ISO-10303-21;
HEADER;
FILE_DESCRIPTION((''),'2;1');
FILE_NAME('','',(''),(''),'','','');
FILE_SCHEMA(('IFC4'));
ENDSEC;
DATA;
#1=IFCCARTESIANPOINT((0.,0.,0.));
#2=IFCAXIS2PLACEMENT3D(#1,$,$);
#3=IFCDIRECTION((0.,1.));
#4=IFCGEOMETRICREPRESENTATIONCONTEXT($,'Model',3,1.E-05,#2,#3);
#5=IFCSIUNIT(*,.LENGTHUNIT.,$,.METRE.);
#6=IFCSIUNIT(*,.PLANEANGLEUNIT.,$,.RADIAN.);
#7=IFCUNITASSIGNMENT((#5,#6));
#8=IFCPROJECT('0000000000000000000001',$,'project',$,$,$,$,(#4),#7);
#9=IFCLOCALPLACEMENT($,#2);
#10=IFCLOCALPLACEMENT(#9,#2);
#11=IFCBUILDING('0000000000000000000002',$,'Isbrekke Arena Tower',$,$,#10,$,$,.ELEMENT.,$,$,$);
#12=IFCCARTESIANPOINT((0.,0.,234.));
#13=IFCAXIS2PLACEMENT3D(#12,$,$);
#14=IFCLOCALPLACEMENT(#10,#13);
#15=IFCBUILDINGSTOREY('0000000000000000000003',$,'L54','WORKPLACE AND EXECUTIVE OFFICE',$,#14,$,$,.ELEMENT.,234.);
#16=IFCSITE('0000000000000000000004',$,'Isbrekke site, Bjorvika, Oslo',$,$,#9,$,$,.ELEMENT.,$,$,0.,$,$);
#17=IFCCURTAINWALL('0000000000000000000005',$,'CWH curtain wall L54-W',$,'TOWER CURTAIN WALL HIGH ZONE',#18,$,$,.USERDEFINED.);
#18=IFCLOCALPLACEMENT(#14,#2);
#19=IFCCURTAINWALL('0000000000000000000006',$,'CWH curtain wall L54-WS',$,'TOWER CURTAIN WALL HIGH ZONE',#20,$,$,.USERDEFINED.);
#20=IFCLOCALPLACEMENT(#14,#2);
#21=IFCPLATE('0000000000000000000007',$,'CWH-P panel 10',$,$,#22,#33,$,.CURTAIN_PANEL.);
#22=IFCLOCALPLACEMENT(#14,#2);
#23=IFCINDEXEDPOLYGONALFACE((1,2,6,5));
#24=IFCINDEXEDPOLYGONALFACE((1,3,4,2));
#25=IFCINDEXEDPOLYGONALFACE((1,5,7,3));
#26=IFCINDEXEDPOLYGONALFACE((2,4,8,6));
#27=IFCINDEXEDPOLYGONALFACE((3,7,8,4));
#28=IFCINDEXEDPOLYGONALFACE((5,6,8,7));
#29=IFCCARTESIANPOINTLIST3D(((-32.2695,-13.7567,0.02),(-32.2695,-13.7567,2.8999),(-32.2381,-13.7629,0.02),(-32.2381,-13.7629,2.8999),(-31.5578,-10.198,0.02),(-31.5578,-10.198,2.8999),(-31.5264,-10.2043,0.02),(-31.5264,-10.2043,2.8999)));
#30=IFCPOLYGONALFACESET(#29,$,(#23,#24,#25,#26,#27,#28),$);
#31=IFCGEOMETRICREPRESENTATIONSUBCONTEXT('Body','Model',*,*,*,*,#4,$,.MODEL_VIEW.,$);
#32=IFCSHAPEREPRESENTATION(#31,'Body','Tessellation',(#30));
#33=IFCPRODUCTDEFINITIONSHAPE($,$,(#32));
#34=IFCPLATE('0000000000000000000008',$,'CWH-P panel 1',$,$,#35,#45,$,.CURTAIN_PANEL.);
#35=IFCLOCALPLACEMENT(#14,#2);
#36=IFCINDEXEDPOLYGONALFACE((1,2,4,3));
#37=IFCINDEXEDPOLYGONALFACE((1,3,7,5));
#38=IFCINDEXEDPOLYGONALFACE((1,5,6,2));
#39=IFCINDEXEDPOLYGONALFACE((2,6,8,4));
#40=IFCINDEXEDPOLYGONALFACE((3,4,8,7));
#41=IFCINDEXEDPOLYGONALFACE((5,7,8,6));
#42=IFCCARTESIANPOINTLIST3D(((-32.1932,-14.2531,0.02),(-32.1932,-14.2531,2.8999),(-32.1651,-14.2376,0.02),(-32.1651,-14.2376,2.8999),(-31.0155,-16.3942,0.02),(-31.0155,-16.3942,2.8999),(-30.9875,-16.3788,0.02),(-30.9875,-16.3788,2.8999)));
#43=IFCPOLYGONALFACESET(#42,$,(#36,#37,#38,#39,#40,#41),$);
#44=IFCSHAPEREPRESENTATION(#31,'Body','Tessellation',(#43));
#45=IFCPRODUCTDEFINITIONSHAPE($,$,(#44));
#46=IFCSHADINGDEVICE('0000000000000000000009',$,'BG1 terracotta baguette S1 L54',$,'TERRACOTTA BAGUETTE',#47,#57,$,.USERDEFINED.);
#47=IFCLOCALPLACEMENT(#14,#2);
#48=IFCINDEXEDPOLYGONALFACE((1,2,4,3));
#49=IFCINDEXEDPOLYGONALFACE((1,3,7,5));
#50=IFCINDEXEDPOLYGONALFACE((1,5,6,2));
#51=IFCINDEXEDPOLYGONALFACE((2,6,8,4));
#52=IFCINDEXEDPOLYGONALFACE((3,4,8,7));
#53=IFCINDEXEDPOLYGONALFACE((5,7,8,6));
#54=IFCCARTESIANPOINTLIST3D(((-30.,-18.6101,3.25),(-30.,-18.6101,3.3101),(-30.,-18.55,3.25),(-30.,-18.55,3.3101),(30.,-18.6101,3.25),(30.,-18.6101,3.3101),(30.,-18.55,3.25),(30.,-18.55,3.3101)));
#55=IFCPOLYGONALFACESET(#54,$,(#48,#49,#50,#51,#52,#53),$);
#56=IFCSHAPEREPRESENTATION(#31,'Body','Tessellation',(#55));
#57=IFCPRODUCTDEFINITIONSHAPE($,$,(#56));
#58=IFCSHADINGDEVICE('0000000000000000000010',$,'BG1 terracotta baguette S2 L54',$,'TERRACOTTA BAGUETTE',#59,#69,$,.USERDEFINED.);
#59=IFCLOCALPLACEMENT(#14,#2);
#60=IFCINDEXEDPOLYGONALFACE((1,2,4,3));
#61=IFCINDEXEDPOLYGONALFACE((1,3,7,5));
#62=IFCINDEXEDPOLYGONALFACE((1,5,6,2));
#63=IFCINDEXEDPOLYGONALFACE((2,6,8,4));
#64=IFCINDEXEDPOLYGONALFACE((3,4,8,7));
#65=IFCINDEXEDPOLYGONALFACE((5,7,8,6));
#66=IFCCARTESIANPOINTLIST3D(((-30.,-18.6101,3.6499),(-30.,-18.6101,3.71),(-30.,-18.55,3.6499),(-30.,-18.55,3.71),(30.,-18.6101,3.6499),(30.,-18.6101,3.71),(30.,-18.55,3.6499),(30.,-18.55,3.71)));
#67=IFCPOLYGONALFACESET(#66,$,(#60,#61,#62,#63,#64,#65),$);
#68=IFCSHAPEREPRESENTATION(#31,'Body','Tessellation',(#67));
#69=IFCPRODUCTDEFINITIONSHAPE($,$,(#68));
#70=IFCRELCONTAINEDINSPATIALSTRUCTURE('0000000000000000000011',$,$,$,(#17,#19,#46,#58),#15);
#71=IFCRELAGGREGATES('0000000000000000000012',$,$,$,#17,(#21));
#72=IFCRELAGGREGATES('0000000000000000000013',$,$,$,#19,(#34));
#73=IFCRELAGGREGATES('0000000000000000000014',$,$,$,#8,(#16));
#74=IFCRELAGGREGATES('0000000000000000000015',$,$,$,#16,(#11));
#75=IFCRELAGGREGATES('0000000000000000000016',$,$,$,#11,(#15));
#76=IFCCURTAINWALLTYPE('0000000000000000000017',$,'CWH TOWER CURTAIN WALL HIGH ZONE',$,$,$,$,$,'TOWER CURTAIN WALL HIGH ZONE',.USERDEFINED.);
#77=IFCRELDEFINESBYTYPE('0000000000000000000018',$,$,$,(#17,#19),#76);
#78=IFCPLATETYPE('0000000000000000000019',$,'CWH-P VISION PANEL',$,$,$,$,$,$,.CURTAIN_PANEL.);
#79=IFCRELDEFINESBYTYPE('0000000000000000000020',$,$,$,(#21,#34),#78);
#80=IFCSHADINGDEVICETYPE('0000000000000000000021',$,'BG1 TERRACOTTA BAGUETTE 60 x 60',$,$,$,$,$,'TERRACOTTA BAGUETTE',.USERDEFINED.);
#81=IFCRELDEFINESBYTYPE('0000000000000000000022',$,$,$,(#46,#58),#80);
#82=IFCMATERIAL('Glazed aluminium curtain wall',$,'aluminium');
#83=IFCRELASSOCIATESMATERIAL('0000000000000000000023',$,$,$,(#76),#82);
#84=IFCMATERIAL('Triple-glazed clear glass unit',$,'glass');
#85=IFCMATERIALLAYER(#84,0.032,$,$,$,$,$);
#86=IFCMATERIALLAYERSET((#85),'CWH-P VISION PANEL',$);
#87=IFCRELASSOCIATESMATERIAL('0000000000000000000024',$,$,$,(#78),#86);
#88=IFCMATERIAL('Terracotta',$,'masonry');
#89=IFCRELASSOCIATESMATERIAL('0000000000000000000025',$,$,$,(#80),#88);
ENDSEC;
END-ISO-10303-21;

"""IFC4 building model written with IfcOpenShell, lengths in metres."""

from ifc_helpers import new_model, si_unit, direction, frame, origin, origin_2d, place, context, subcontext, project, spatial, rectangle, extrude, material, layer, layer_set, material_profile, profile_set, type_object, element, aggregate, save


model = new_model("IFC4")

# Units and contexts
model_context = context("Model", 3, precision=1e-05, world=origin(), true_north=direction((0.0, 1.0)))
body_context = subcontext(model_context, "Body", "Model", "MODEL_VIEW")
ifc_project = project(units=[si_unit("LENGTHUNIT", "METRE"), si_unit("PLANEANGLEUNIT", "RADIAN")], contexts=[model_context])

# Site, building, storey
site_placement = place(None, origin())
site = spatial("IfcSite", under=ifc_project, at=site_placement, Name="Isbrekke site, Bjorvika, Oslo", CompositionType="ELEMENT", RefElevation=0.0)
building_placement = place(site_placement, origin())
building = spatial("IfcBuilding", under=site, at=building_placement, Name="Isbrekke Arena Tower", CompositionType="ELEMENT")
storey_placement = place(building_placement, frame((0.0, 0.0, 234.0)))
storey = spatial("IfcBuildingStorey", under=building, at=storey_placement, Name="L54", Description="WORKPLACE AND EXECUTIVE OFFICE", CompositionType="ELEMENT", Elevation=234.0)

# Shared definitions
ifc_material_1 = material(Name="Glazed aluminium curtain wall", Category="aluminium")
curtain_wall_type = type_object("IfcCurtainWallType", Name="CWH TOWER CURTAIN WALL HIGH ZONE", ElementType="TOWER CURTAIN WALL HIGH ZONE", PredefinedType="USERDEFINED", material=ifc_material_1)

# Curtain walls
curtain_wall_1_placement = place(storey_placement, origin())
curtain_wall_1 = element("IfcCurtainWall", 1, at=curtain_wall_1_placement, inside=storey, type_object=curtain_wall_type, Name="CWH curtain wall L54-W", ObjectType="TOWER CURTAIN WALL HIGH ZONE", PredefinedType="USERDEFINED")
curtain_wall_2_placement = place(storey_placement, origin())
curtain_wall_2 = element("IfcCurtainWall", 2, at=curtain_wall_2_placement, inside=storey, type_object=curtain_wall_type, Name="CWH curtain wall L54-WS", ObjectType="TOWER CURTAIN WALL HIGH ZONE", PredefinedType="USERDEFINED")

# Plates
ifc_material_2 = material(Name="Triple-glazed clear glass unit", Category="glass")
ifc_layer = layer(ifc_material_2, 0.032)
ifc_layer_set = layer_set([ifc_layer], Name="CWH-P VISION PANEL")
plate_type = type_object("IfcPlateType", Name="CWH-P VISION PANEL", PredefinedType="CURTAIN_PANEL", material=ifc_layer_set)
plate_1_placement = place(storey_placement, frame((-31.8979, -11.9805, 0.02), z_axis=(0.0, 0.0, 1.0), x_axis=(-0.196116, -0.980581, 0.0)))
plate_1 = element("IfcPlate", 3, at=plate_1_placement, type_object=plate_type, Name="CWH-P panel 10", PredefinedType="CURTAIN_PANEL", context=body_context, shape_type="SweptSolid", body=[
    extrude(rectangle(XDim=3.6292, YDim=0.032, at=origin_2d()), origin(), (0.0, 0.0, 1.0), 2.8799),
])
aggregate(curtain_wall_1, [plate_1])
plate_2_placement = place(storey_placement, frame((-31.5903, -15.3159, 0.02), z_axis=(0.0, 0.0, 1.0), x_axis=(0.481919, -0.876216, 0.0)))
plate_2 = element("IfcPlate", 4, at=plate_2_placement, type_object=plate_type, Name="CWH-P panel 1", PredefinedType="CURTAIN_PANEL", context=body_context, shape_type="SweptSolid", body=[
    extrude(rectangle(XDim=2.4436, YDim=0.032, at=origin_2d()), origin(), (0.0, 0.0, 1.0), 2.8799),
])
aggregate(curtain_wall_2, [plate_2])

# Shading devices
ifc_material_3 = material(Name="Terracotta", Category="masonry")
ifc_material_profile_1 = material_profile(ifc_material_3, rectangle(XDim=0.0601, YDim=0.0601, at=origin_2d()), Name="BAGUETTE 60X60")
ifc_profile_set_1 = profile_set([ifc_material_profile_1], Name="Terracotta")
shading_device_type = type_object("IfcShadingDeviceType", Name="BG1 TERRACOTTA BAGUETTE 60 x 60", ElementType="TERRACOTTA BAGUETTE", PredefinedType="USERDEFINED", material=ifc_profile_set_1)
for number, where, z_axis, x_axis, name in (
    (5, (-30.0, -18.5801, 3.28), (1.0, 0.0, 0.0), (0.0, 1.0, 0.0), "BG1 terracotta baguette S1 L54"),
    (6, (-30.0, -18.5801, 3.6799), (1.0, 0.0, 0.0), (0.0, 1.0, 0.0), "BG1 terracotta baguette S2 L54"),
):
    element("IfcShadingDevice", number, at=place(storey_placement, frame(where, z_axis=z_axis, x_axis=x_axis)), inside=storey, type_object=shading_device_type, Name=name, ObjectType="TERRACOTTA BAGUETTE", PredefinedType="USERDEFINED", context=body_context, shape_type="SweptSolid", body=[
        extrude(rectangle(XDim=0.0601, YDim=0.0601, at=origin_2d()), origin(), (0.0, 0.0, 1.0), 60.0),
    ])

save(model, "model.ifc")
